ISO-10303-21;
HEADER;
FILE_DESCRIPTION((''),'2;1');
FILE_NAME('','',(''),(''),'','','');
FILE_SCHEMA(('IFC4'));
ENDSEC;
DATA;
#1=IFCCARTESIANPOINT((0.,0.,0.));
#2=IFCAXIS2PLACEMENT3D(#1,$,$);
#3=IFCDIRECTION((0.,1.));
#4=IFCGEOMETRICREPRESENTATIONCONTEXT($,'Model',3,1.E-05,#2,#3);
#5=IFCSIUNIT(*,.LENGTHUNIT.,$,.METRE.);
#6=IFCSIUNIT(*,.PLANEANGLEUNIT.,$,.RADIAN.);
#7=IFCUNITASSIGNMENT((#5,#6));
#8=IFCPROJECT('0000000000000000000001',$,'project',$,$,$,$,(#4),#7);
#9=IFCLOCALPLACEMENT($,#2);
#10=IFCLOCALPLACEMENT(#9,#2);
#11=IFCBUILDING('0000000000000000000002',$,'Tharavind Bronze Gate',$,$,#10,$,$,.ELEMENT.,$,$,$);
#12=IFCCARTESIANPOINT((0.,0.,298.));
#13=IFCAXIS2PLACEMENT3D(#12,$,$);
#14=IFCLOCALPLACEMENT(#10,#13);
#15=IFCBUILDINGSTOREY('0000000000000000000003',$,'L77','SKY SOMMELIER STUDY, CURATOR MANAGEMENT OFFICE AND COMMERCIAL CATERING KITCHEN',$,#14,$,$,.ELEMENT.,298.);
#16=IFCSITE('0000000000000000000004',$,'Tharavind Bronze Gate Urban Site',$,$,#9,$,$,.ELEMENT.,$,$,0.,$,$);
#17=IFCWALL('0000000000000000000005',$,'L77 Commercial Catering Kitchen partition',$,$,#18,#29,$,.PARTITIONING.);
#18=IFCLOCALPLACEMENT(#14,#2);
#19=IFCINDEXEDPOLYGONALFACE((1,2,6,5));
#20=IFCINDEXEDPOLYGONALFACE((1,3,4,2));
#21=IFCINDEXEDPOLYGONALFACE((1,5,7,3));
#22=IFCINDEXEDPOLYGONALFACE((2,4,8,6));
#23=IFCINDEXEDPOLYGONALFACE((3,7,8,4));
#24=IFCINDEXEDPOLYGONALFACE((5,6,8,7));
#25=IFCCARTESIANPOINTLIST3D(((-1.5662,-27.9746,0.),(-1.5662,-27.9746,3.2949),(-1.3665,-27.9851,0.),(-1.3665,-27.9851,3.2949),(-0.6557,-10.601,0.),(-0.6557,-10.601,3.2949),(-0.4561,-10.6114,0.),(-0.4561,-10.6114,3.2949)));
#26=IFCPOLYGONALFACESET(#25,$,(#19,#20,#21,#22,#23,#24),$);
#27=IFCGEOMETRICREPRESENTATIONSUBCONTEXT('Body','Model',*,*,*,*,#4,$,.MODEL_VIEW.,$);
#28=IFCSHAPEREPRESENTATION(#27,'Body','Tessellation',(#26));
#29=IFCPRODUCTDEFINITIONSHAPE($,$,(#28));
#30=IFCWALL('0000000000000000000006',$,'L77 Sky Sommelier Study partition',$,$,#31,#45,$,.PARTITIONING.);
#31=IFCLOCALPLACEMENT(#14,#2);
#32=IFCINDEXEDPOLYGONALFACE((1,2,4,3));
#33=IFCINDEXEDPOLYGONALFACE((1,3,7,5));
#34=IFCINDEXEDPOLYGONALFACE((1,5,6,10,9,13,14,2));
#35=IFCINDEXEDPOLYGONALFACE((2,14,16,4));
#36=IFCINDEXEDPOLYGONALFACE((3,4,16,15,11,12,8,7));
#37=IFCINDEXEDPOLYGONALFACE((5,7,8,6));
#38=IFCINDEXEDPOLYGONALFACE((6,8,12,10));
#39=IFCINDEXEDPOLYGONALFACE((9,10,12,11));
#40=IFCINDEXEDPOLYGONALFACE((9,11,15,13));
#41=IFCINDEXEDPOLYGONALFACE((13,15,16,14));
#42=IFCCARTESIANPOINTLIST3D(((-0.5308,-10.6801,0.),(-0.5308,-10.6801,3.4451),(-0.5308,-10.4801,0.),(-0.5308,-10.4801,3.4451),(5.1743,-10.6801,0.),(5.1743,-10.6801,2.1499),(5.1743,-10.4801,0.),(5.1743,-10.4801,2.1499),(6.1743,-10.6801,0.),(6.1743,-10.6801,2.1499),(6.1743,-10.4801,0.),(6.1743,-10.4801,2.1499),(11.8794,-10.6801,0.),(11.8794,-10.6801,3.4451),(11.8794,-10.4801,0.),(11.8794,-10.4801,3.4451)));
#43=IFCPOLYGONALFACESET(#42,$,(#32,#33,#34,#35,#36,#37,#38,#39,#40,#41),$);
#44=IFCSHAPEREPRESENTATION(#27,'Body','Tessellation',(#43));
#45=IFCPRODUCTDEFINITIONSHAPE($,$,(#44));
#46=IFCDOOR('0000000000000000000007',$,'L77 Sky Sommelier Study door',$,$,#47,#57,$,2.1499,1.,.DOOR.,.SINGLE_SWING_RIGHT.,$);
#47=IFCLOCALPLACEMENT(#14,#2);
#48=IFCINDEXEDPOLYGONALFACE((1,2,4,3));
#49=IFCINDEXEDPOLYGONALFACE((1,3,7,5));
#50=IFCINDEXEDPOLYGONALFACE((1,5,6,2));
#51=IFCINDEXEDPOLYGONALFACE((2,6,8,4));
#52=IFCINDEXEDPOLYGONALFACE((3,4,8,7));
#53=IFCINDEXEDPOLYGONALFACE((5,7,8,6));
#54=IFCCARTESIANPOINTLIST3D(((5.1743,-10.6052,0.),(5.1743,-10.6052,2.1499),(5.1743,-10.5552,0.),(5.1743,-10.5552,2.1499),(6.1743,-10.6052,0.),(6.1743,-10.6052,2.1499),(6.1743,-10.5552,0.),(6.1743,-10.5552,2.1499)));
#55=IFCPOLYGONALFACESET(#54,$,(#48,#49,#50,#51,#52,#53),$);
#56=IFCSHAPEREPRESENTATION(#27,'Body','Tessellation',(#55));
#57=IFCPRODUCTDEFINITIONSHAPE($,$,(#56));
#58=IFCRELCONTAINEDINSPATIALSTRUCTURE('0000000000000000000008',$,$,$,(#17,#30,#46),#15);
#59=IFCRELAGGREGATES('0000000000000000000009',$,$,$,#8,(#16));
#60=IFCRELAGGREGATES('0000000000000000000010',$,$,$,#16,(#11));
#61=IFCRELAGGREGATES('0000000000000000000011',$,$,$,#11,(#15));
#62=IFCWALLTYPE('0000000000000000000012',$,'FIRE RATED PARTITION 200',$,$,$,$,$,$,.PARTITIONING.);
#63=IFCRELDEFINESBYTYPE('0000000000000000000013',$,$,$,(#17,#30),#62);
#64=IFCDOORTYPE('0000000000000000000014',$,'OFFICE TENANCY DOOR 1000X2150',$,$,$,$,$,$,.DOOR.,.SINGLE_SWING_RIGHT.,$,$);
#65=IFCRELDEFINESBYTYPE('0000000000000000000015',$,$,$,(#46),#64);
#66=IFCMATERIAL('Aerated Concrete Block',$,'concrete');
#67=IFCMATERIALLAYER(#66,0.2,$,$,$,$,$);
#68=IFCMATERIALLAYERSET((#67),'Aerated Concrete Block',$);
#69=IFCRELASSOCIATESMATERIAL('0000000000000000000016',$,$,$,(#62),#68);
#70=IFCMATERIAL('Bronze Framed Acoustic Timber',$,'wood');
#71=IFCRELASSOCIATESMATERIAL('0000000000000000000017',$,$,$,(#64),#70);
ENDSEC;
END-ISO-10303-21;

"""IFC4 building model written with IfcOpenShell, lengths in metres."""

from ifc_helpers import new_model, si_unit, direction, frame, frame_2d, origin, place, context, subcontext, project, spatial, rectangle, extrude, material, layer, layer_set, type_object, element, fill, save


model = new_model("IFC4")

# Units and contexts
model_context = context("Model", 3, precision=1e-05, world=origin(), true_north=direction((0.0, 1.0)))
body_context = subcontext(model_context, "Body", "Model", "MODEL_VIEW")
ifc_project = project(units=[si_unit("LENGTHUNIT", "METRE"), si_unit("PLANEANGLEUNIT", "RADIAN")], contexts=[model_context])

# Site, building, storey
site_placement = place(None, origin())
site = spatial("IfcSite", under=ifc_project, at=site_placement, Name="Tharavind Bronze Gate Urban Site", CompositionType="ELEMENT", RefElevation=0.0)
building_placement = place(site_placement, origin())
building = spatial("IfcBuilding", under=site, at=building_placement, Name="Tharavind Bronze Gate", CompositionType="ELEMENT")
storey_placement = place(building_placement, frame((0.0, 0.0, 298.0)))
storey = spatial("IfcBuildingStorey", under=building, at=storey_placement, Name="L77", Description="SKY SOMMELIER STUDY, CURATOR MANAGEMENT OFFICE AND COMMERCIAL CATERING KITCHEN", CompositionType="ELEMENT", Elevation=298.0)

# Shared definitions
ifc_material_1 = material(Name="Aerated Concrete Block", Category="concrete")
ifc_layer_1 = layer(ifc_material_1, 0.2)
ifc_layer_set_1 = layer_set([ifc_layer_1], Name="Aerated Concrete Block")
wall_type = type_object("IfcWallType", Name="FIRE RATED PARTITION 200", PredefinedType="PARTITIONING", material=ifc_layer_set_1)

# Wall
wall_1_placement = place(storey_placement, frame((-0.5559, -10.6062, 0.0), z_axis=(0.0, 0.0, 1.0), x_axis=(-0.05233, -0.99863, 0.0)))
element("IfcWall", 1, at=wall_1_placement, inside=storey, type_object=wall_type, Name="L77 Commercial Catering Kitchen partition", PredefinedType="PARTITIONING", context=body_context, shape_type="SweptSolid", body=[
    extrude(rectangle(XDim=17.3975, YDim=0.2, at=frame_2d((8.6987, 0.0))), origin(), (0.0, 0.0, 1.0), 3.2949),
])

# Wall, opening, door
wall_2_placement = place(storey_placement, frame((-0.5308, -10.5801, 0.0), z_axis=(0.0, 0.0, 1.0), x_axis=(1.0, 0.0, 0.0)))
wall_2 = element("IfcWall", 2, at=wall_2_placement, inside=storey, type_object=wall_type, Name="L77 Sky Sommelier Study partition", PredefinedType="PARTITIONING", context=body_context, shape_type="SweptSolid", body=[
    extrude(rectangle(XDim=12.4102, YDim=0.2, at=frame_2d((6.2051, 0.0))), origin(), (0.0, 0.0, 1.0), 3.4451),
])
opening_1_placement = place(wall_2_placement, frame((5.7051, 0.0, 0.0)))
opening_1 = element("IfcOpeningElement", 3, at=opening_1_placement, cuts=wall_2, PredefinedType="OPENING", context=body_context, shape_type="SweptSolid", body=[
    extrude(rectangle(XDim=1.0, YDim=2.1499, at=frame_2d((0.5, 1.075))), frame((0.0, 0.1101, 0.0), z_axis=(0.0, -1.0, 0.0), x_axis=(1.0, 0.0, 0.0)), (0.0, 0.0, 1.0), 0.22),
])
ifc_material_2 = material(Name="Bronze Framed Acoustic Timber", Category="wood")
door_type_1 = type_object("IfcDoorType", Name="OFFICE TENANCY DOOR 1000X2150", OperationType="SINGLE_SWING_RIGHT", PredefinedType="DOOR", material=ifc_material_2)
door_1_placement = place(opening_1_placement, origin())
door_1 = element("IfcDoor", 4, at=door_1_placement, inside=storey, type_object=door_type_1, Name="L77 Sky Sommelier Study door", OperationType="SINGLE_SWING_RIGHT", OverallHeight=2.1499, OverallWidth=1.0, PredefinedType="DOOR", context=body_context, shape_type="SweptSolid", body=[
    extrude(rectangle(XDim=1.0, YDim=2.1499, at=frame_2d((0.5, 1.075))), frame((0.0, 0.0249, 0.0), z_axis=(0.0, -1.0, 0.0), x_axis=(1.0, 0.0, 0.0)), (0.0, 0.0, 1.0), 0.05),
])
fill(opening_1, door_1)

save(model, "model.ifc")
